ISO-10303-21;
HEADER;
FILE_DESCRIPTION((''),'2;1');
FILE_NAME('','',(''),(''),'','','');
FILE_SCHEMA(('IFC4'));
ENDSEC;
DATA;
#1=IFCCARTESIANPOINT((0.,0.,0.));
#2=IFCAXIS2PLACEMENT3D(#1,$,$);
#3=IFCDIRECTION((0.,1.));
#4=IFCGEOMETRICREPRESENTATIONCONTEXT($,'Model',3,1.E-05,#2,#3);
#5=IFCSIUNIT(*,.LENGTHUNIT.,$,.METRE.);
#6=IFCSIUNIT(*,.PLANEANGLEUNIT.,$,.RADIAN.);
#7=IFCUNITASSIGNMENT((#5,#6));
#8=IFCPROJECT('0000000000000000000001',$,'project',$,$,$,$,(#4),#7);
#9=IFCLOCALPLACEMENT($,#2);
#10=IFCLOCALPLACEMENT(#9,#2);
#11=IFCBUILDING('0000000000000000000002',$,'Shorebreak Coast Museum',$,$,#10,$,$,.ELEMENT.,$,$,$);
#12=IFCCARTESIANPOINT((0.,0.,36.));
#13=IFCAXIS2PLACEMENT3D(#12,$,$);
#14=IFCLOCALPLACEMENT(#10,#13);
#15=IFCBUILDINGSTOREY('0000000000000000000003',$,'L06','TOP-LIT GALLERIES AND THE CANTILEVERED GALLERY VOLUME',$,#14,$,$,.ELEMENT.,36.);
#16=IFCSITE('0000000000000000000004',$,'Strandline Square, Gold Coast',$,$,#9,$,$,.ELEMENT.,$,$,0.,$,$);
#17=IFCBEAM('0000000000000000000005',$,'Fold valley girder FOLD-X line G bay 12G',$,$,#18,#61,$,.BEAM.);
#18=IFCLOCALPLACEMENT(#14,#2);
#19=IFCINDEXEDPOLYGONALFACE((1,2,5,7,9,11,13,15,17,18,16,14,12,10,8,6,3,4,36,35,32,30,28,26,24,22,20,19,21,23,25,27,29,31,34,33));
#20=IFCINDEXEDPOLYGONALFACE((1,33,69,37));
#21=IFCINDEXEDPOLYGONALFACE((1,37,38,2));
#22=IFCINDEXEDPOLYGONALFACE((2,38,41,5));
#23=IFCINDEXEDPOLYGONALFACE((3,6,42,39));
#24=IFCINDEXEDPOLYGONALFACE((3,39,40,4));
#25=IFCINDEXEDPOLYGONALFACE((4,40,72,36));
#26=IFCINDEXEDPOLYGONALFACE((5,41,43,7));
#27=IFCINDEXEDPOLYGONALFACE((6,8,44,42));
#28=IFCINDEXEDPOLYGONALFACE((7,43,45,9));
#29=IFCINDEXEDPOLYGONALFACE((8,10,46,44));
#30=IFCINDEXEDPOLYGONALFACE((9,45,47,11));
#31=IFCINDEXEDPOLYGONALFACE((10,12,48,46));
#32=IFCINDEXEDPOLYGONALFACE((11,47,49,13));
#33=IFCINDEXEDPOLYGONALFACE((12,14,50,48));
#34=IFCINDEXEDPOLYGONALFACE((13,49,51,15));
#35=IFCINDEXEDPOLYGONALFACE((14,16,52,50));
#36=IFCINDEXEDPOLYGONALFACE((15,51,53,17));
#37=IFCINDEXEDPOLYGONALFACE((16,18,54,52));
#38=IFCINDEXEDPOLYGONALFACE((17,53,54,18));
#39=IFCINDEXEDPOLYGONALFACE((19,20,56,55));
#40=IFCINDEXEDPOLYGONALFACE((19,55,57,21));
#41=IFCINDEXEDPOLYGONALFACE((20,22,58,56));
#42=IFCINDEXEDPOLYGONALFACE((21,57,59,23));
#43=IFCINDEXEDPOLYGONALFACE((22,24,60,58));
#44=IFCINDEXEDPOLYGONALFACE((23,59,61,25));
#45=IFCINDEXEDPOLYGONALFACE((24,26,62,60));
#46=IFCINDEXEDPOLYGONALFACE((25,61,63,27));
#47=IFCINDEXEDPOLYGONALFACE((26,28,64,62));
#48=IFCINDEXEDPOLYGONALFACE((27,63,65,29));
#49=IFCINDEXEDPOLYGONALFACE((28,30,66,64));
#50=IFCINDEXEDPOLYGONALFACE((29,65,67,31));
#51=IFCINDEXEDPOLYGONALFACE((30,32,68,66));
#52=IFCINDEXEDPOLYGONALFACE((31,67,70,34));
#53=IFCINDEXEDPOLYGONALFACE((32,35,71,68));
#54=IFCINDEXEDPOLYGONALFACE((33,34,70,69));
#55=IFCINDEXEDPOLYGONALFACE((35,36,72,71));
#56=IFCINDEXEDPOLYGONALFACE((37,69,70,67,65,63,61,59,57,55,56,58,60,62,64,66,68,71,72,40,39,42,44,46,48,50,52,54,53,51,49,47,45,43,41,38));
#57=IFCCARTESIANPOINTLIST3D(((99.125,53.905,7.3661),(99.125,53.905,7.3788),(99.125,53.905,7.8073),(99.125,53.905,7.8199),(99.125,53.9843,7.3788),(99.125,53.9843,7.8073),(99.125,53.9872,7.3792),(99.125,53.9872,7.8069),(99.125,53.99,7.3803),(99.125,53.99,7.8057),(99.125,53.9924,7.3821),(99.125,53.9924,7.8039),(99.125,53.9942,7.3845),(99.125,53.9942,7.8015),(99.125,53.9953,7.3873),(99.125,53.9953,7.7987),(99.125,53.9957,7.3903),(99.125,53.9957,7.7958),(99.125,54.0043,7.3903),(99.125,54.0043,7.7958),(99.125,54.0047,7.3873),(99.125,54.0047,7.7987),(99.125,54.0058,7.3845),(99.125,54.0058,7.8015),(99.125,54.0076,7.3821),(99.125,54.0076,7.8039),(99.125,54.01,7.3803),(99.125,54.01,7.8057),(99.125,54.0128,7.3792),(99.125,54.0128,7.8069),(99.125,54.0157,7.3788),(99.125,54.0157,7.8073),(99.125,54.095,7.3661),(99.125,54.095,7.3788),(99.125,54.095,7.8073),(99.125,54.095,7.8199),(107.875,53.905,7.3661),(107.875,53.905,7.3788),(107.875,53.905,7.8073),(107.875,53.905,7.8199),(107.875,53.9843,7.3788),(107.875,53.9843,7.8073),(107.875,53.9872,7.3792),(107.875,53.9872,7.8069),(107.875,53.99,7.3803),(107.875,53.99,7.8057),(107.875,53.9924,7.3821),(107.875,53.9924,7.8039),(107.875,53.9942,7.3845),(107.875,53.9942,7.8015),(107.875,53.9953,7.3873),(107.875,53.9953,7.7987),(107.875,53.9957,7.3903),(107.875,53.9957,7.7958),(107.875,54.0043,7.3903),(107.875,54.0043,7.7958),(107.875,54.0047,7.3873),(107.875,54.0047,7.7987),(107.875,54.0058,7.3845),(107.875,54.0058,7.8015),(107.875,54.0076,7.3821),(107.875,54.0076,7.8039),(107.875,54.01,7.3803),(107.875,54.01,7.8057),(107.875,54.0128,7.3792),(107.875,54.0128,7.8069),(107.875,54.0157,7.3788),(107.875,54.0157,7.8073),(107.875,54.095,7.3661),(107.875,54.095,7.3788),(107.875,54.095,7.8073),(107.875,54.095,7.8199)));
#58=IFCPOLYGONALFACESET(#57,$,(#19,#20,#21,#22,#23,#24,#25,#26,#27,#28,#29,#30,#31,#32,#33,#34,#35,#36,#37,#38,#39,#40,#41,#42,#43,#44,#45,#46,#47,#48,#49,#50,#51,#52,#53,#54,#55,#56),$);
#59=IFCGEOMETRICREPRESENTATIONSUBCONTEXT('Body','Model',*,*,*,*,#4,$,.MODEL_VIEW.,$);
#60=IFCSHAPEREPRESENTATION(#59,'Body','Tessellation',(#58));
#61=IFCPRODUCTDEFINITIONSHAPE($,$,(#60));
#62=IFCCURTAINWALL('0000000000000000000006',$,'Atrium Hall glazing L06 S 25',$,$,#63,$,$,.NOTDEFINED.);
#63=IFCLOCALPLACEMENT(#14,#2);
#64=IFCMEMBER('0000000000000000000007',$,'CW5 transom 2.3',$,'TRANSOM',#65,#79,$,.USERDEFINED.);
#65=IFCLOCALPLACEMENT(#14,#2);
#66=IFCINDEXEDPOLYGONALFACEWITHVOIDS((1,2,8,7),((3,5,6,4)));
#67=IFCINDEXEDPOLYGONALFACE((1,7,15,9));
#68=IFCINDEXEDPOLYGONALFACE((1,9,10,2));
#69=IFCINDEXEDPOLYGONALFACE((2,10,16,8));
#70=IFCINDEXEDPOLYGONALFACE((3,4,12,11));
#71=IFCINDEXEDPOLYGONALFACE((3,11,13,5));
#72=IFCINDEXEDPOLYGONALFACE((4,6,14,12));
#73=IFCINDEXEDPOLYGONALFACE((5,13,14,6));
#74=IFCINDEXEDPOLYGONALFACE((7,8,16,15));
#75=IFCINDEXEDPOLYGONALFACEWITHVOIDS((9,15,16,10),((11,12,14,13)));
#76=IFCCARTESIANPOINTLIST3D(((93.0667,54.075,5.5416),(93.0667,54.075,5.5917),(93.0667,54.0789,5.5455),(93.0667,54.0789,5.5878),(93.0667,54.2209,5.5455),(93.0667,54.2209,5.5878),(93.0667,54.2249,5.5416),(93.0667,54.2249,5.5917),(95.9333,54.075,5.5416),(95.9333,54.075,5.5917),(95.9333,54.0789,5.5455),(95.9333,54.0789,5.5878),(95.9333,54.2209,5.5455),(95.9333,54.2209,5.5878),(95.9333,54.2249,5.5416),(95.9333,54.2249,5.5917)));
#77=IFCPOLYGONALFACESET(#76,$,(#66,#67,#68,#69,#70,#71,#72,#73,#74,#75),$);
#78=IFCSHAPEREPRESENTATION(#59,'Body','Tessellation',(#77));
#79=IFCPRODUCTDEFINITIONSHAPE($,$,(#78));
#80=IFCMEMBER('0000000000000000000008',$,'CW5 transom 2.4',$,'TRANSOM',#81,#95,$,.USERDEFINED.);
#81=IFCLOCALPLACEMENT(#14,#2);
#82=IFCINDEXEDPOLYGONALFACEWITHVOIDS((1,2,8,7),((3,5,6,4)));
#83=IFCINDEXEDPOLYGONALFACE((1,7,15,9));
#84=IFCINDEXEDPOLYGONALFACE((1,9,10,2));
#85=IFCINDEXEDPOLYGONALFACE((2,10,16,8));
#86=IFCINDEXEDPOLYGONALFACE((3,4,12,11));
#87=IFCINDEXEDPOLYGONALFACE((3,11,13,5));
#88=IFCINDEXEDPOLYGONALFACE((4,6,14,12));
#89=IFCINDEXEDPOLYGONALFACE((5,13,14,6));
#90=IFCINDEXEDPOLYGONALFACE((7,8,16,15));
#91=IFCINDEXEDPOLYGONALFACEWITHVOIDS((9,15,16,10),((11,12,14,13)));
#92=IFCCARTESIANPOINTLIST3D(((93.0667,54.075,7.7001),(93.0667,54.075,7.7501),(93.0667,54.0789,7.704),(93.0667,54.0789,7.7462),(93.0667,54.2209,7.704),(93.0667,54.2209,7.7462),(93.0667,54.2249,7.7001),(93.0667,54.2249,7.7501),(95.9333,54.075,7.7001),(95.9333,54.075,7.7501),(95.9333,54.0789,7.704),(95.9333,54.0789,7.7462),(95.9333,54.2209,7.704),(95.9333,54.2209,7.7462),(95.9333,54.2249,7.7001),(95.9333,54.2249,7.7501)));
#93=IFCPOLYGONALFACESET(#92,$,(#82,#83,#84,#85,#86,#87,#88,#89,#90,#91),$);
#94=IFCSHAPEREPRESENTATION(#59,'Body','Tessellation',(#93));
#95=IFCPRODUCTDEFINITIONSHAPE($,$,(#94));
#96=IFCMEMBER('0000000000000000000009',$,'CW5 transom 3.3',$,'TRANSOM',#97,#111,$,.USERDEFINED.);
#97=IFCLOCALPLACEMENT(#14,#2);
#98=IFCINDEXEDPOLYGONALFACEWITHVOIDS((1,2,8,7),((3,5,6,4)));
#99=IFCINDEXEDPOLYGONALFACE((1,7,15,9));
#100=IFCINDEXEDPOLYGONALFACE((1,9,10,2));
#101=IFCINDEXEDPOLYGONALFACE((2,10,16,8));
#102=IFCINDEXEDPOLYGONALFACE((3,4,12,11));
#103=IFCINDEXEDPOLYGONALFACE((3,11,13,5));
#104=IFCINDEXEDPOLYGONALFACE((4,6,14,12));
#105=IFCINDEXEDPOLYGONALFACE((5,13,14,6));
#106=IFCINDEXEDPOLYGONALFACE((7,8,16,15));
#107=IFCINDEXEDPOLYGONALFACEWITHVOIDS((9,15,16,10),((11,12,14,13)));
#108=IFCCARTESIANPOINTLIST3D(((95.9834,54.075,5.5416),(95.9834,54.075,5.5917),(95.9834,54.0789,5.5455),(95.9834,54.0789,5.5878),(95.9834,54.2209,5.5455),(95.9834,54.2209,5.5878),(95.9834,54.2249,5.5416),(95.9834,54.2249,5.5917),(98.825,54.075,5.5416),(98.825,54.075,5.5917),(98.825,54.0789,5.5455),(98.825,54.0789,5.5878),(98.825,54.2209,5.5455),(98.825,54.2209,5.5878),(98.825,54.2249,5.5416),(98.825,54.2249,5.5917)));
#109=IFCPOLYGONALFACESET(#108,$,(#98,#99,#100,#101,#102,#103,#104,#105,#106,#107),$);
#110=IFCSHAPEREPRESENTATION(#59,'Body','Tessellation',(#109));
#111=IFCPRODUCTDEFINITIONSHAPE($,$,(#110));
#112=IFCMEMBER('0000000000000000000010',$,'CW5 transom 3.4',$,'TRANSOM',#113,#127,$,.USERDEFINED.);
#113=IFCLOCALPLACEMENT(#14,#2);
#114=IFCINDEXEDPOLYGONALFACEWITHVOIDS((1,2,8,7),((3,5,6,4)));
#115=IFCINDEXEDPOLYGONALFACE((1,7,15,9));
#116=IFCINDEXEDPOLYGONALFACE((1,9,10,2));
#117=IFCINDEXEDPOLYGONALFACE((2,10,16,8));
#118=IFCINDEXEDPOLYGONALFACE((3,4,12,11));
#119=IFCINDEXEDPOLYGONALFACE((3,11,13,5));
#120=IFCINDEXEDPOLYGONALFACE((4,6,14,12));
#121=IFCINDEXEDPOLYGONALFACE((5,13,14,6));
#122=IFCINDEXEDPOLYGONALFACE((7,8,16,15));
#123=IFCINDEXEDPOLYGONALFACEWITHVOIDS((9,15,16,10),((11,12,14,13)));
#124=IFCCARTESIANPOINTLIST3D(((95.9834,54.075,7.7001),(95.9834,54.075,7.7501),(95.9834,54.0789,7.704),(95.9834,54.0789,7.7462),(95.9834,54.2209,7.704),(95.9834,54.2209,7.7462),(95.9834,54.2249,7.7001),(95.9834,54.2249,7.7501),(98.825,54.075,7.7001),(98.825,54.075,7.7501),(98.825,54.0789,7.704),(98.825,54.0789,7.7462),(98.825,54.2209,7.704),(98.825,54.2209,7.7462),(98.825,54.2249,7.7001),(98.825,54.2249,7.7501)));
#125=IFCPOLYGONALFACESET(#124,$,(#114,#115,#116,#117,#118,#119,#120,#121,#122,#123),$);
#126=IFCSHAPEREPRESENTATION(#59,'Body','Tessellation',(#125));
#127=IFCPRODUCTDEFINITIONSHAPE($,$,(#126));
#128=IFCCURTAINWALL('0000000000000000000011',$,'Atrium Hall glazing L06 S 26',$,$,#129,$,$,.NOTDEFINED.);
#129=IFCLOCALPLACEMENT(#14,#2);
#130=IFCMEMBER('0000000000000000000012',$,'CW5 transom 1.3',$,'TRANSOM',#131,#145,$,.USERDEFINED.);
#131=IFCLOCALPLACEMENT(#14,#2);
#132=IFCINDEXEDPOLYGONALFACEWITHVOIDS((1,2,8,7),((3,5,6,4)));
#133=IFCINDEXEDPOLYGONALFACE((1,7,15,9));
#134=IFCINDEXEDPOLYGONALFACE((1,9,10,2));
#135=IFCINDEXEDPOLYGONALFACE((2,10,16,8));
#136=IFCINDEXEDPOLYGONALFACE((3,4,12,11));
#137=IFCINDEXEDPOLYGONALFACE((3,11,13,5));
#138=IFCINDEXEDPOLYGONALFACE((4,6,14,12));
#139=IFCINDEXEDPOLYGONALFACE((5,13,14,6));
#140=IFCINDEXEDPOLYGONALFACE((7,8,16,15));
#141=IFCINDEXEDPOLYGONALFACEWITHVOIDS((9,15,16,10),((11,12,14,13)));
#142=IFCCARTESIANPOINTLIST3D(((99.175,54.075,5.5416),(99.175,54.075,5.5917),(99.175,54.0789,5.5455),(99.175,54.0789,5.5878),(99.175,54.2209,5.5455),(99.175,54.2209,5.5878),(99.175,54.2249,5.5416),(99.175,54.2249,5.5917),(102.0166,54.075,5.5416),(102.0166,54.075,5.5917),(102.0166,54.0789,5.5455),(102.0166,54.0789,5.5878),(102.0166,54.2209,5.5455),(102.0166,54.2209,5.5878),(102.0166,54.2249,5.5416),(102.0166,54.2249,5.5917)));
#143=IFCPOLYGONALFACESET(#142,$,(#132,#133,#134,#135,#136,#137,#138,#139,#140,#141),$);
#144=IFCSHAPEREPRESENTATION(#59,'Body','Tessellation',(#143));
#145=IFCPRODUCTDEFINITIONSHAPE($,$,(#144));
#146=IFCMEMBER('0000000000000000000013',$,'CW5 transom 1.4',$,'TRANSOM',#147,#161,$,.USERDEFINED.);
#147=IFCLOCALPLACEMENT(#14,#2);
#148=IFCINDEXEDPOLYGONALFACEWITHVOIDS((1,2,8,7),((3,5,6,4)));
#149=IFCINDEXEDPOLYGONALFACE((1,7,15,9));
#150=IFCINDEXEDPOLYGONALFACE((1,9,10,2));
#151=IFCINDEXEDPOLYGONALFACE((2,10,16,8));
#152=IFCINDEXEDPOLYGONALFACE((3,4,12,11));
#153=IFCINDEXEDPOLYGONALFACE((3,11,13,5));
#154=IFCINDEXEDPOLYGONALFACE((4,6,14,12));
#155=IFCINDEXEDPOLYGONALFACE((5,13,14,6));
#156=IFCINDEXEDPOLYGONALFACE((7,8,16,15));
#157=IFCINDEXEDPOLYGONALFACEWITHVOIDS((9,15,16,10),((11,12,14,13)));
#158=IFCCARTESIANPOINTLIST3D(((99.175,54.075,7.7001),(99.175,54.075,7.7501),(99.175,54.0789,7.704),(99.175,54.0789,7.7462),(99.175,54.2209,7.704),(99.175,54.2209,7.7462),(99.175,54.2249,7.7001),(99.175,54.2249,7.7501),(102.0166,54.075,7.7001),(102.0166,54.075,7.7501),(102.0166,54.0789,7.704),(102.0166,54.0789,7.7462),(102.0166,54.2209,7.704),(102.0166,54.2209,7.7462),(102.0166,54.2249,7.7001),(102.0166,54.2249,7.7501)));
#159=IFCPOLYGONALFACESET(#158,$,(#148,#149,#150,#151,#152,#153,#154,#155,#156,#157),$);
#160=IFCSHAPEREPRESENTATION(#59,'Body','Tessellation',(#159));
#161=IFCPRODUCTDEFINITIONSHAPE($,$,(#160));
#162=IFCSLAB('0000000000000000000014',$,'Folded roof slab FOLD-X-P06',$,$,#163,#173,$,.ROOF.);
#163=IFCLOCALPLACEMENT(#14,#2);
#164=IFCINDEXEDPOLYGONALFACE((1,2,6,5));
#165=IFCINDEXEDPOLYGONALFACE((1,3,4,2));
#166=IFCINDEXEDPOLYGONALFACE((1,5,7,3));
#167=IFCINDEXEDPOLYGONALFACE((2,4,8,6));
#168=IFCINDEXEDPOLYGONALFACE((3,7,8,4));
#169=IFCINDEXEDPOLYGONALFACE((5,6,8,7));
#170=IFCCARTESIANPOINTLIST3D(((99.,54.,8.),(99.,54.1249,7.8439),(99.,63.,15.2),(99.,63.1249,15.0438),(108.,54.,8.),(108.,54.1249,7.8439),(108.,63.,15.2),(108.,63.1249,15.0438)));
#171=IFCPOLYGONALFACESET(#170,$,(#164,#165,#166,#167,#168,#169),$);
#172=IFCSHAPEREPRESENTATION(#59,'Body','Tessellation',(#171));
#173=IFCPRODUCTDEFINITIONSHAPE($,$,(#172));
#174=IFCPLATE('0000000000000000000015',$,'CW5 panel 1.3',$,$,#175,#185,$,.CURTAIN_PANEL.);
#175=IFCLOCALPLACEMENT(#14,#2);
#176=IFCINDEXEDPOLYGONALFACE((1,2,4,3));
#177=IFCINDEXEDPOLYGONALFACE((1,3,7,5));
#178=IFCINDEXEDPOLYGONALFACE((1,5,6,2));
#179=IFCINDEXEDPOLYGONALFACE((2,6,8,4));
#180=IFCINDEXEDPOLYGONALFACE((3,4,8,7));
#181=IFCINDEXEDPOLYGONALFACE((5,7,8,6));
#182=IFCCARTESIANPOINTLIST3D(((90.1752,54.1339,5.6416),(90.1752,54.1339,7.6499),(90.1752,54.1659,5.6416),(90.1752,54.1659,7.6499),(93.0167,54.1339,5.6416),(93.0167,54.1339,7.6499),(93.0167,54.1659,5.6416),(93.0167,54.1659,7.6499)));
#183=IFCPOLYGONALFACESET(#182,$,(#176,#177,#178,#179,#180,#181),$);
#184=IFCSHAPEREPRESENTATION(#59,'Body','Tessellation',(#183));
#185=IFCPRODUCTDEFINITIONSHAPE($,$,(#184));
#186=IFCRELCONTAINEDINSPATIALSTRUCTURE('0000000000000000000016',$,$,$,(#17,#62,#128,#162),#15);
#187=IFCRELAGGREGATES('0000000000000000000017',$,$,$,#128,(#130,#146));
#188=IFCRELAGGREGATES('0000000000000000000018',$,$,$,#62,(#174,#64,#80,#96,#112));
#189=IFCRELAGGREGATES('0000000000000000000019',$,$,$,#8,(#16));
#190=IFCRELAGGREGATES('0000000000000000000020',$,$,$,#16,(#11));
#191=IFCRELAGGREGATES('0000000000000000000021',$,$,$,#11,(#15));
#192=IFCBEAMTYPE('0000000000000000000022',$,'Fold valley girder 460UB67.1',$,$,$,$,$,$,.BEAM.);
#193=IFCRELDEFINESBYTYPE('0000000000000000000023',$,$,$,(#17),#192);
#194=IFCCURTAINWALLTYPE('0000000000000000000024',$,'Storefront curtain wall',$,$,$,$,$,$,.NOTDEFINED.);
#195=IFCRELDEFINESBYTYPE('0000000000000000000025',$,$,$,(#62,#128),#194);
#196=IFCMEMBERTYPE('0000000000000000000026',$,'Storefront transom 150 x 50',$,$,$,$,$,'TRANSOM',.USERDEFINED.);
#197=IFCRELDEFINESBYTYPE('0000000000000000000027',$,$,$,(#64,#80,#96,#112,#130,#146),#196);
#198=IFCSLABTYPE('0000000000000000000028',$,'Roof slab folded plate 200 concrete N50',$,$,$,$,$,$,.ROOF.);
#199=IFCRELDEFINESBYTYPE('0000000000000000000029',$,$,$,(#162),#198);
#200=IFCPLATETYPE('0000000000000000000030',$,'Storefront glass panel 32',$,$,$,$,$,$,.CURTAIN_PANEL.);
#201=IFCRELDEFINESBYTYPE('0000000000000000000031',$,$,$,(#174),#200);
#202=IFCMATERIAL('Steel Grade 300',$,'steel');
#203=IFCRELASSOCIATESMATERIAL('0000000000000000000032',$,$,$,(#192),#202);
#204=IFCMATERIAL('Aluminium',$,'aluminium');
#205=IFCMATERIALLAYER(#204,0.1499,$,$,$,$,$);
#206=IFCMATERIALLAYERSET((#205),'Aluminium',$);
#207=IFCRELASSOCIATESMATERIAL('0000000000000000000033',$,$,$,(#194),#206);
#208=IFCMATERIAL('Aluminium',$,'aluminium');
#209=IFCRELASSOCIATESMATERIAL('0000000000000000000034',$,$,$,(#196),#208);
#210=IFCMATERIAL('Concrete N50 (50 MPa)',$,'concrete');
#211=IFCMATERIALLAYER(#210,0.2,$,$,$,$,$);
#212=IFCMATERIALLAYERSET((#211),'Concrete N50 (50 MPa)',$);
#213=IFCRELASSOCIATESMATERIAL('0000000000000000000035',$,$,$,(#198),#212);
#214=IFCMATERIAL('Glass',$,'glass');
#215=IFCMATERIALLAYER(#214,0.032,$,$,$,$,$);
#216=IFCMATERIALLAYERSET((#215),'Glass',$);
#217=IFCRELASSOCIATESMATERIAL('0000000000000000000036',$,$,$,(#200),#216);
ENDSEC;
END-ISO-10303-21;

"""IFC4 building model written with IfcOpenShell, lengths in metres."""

from ifc_helpers import new_model, si_unit, direction, frame, origin, origin_2d, place, context, subcontext, project, spatial, polyline, rectangle, hollow_rectangle, i_section, outline, extrude, material, layer, layer_set, material_profile, profile_set, type_object, element, aggregate, save


model = new_model("IFC4")

# Units and contexts
model_context = context("Model", 3, precision=1e-05, world=origin(), true_north=direction((0.0, 1.0)))
body_context = subcontext(model_context, "Body", "Model", "MODEL_VIEW")
ifc_project = project(units=[si_unit("LENGTHUNIT", "METRE"), si_unit("PLANEANGLEUNIT", "RADIAN")], contexts=[model_context])

# Site, building, storey
site_placement = place(None, origin())
site = spatial("IfcSite", under=ifc_project, at=site_placement, Name="Strandline Square, Gold Coast", CompositionType="ELEMENT", RefElevation=0.0)
building_placement = place(site_placement, origin())
building = spatial("IfcBuilding", under=site, at=building_placement, Name="Shorebreak Coast Museum", CompositionType="ELEMENT")
storey_placement = place(building_placement, frame((0.0, 0.0, 36.0)))
storey = spatial("IfcBuildingStorey", under=building, at=storey_placement, Name="L06", Description="TOP-LIT GALLERIES AND THE CANTILEVERED GALLERY VOLUME", CompositionType="ELEMENT", Elevation=36.0)

# Beam
ifc_material_1 = material(Name="Steel Grade 300", Category="steel")
ifc_material_profile_1 = material_profile(ifc_material_1, i_section(OverallWidth=0.1899, OverallDepth=0.4539, WebThickness=0.0085, FlangeThickness=0.0127, FilletRadius=0.0115, at=origin_2d()), Name="460UB67.1")
ifc_profile_set_1 = profile_set([ifc_material_profile_1], Name="Steel Grade 300")
beam_type_1 = type_object("IfcBeamType", Name="Fold valley girder 460UB67.1", PredefinedType="BEAM", material=ifc_profile_set_1)
beam_1_placement = place(storey_placement, frame((99.125, 54.0, 7.593), z_axis=(1.0, 0.0, 0.0), x_axis=(0.0, 1.0, 0.0)))
element("IfcBeam", 1, at=beam_1_placement, inside=storey, type_object=beam_type_1, Name="Fold valley girder FOLD-X line G bay 12G", PredefinedType="BEAM", context=body_context, shape_type="SweptSolid", body=[
    extrude(i_section(OverallWidth=0.1899, OverallDepth=0.4539, WebThickness=0.0085, FlangeThickness=0.0127, FilletRadius=0.0115, at=origin_2d()), origin(), (0.0, 0.0, 1.0), 8.75),
])

# Curtain walls, members
ifc_material_2 = material(Name="Aluminium", Category="aluminium")
ifc_layer_1 = layer(ifc_material_2, 0.1499)
ifc_layer_set_1 = layer_set([ifc_layer_1], Name="Aluminium")
curtain_wall_type = type_object("IfcCurtainWallType", Name="Storefront curtain wall", PredefinedType="NOTDEFINED", material=ifc_layer_set_1)
curtain_wall_1_placement = place(storey_placement, origin())
curtain_wall_1 = element("IfcCurtainWall", 2, at=curtain_wall_1_placement, inside=storey, type_object=curtain_wall_type, Name="Atrium Hall glazing L06 S 25", PredefinedType="NOTDEFINED")
ifc_material_3 = material(Name="Aluminium", Category="aluminium")
ifc_material_profile_2 = material_profile(ifc_material_3, hollow_rectangle(XDim=0.1499, YDim=0.05, WallThickness=0.0039, at=origin_2d()), Name="AL 50x150 RHS")
ifc_profile_set_2 = profile_set([ifc_material_profile_2], Name="Aluminium")
member_type_1 = type_object("IfcMemberType", Name="Storefront transom 150 x 50", ElementType="TRANSOM", PredefinedType="USERDEFINED", material=ifc_profile_set_2)
member_1_placement = place(storey_placement, frame((93.0667, 54.1499, 5.5667), z_axis=(1.0, 0.0, 0.0), x_axis=(0.0, 1.0, 0.0)))
member_1 = element("IfcMember", 3, at=member_1_placement, type_object=member_type_1, Name="CW5 transom 2.3", ObjectType="TRANSOM", PredefinedType="USERDEFINED", context=body_context, shape_type="SweptSolid", body=[
    extrude(hollow_rectangle(XDim=0.1499, YDim=0.05, WallThickness=0.0039, at=origin_2d()), origin(), (0.0, 0.0, 1.0), 2.8667),
])
member_2_placement = place(storey_placement, frame((93.0667, 54.1499, 7.7251), z_axis=(1.0, 0.0, 0.0), x_axis=(0.0, 1.0, 0.0)))
member_2 = element("IfcMember", 4, at=member_2_placement, type_object=member_type_1, Name="CW5 transom 2.4", ObjectType="TRANSOM", PredefinedType="USERDEFINED", context=body_context, shape_type="SweptSolid", body=[
    extrude(hollow_rectangle(XDim=0.1499, YDim=0.05, WallThickness=0.0039, at=origin_2d()), origin(), (0.0, 0.0, 1.0), 2.8667),
])
member_3_placement = place(storey_placement, frame((95.9834, 54.1499, 5.5667), z_axis=(1.0, 0.0, 0.0), x_axis=(0.0, 1.0, 0.0)))
member_3 = element("IfcMember", 5, at=member_3_placement, type_object=member_type_1, Name="CW5 transom 3.3", ObjectType="TRANSOM", PredefinedType="USERDEFINED", context=body_context, shape_type="SweptSolid", body=[
    extrude(hollow_rectangle(XDim=0.1499, YDim=0.05, WallThickness=0.0039, at=origin_2d()), origin(), (0.0, 0.0, 1.0), 2.8416),
])
member_4_placement = place(storey_placement, frame((95.9834, 54.1499, 7.7251), z_axis=(1.0, 0.0, 0.0), x_axis=(0.0, 1.0, 0.0)))
member_4 = element("IfcMember", 6, at=member_4_placement, type_object=member_type_1, Name="CW5 transom 3.4", ObjectType="TRANSOM", PredefinedType="USERDEFINED", context=body_context, shape_type="SweptSolid", body=[
    extrude(hollow_rectangle(XDim=0.1499, YDim=0.05, WallThickness=0.0039, at=origin_2d()), origin(), (0.0, 0.0, 1.0), 2.8416),
])
curtain_wall_2_placement = place(storey_placement, origin())
curtain_wall_2 = element("IfcCurtainWall", 7, at=curtain_wall_2_placement, inside=storey, type_object=curtain_wall_type, Name="Atrium Hall glazing L06 S 26", PredefinedType="NOTDEFINED")
member_5_placement = place(storey_placement, frame((99.175, 54.1499, 5.5667), z_axis=(1.0, 0.0, 0.0), x_axis=(0.0, 1.0, 0.0)))
member_5 = element("IfcMember", 8, at=member_5_placement, type_object=member_type_1, Name="CW5 transom 1.3", ObjectType="TRANSOM", PredefinedType="USERDEFINED", context=body_context, shape_type="SweptSolid", body=[
    extrude(hollow_rectangle(XDim=0.1499, YDim=0.05, WallThickness=0.0039, at=origin_2d()), origin(), (0.0, 0.0, 1.0), 2.8416),
])
member_6_placement = place(storey_placement, frame((99.175, 54.1499, 7.7251), z_axis=(1.0, 0.0, 0.0), x_axis=(0.0, 1.0, 0.0)))
member_6 = element("IfcMember", 9, at=member_6_placement, type_object=member_type_1, Name="CW5 transom 1.4", ObjectType="TRANSOM", PredefinedType="USERDEFINED", context=body_context, shape_type="SweptSolid", body=[
    extrude(hollow_rectangle(XDim=0.1499, YDim=0.05, WallThickness=0.0039, at=origin_2d()), origin(), (0.0, 0.0, 1.0), 2.8416),
])
aggregate(curtain_wall_2, [member_5, member_6])

# Slab
ifc_material_4 = material(Name="Concrete N50 (50 MPa)", Category="concrete")
ifc_layer_2 = layer(ifc_material_4, 0.2)
ifc_layer_set_2 = layer_set([ifc_layer_2], Name="Concrete N50 (50 MPa)")
slab_type = type_object("IfcSlabType", Name="Roof slab folded plate 200 concrete N50", PredefinedType="ROOF", material=ifc_layer_set_2)
slab_placement = place(storey_placement, frame((99.0, 54.0, 8.0), z_axis=(0.0, -0.624692, 0.780871), x_axis=(1.0, 0.0, 0.0)))
element("IfcSlab", 10, at=slab_placement, inside=storey, type_object=slab_type, Name="Folded roof slab FOLD-X-P06", PredefinedType="ROOF", context=body_context, shape_type="SweptSolid", body=[
    extrude(outline(polyline([(0.0, 0.0), (9.0, 0.0), (9.0, 11.5256), (0.0, 11.5256), (0.0, 0.0)])), origin(), (0.0, 0.0, -1.0), 0.2),
])

# Plate
ifc_material_5 = material(Name="Glass", Category="glass")
ifc_layer_3 = layer(ifc_material_5, 0.032)
ifc_layer_set_3 = layer_set([ifc_layer_3], Name="Glass")
plate_type = type_object("IfcPlateType", Name="Storefront glass panel 32", PredefinedType="CURTAIN_PANEL", material=ifc_layer_set_3)
plate_1_placement = place(storey_placement, frame((91.5959, 54.1499, 5.6416), z_axis=(0.0, 0.0, 1.0), x_axis=(1.0, 0.0, 0.0)))
plate_1 = element("IfcPlate", 11, at=plate_1_placement, type_object=plate_type, Name="CW5 panel 1.3", PredefinedType="CURTAIN_PANEL", context=body_context, shape_type="SweptSolid", body=[
    extrude(rectangle(XDim=2.8416, YDim=0.032, at=origin_2d()), origin(), (0.0, 0.0, 1.0), 2.0083),
])
aggregate(curtain_wall_1, [plate_1, member_1, member_2, member_3, member_4])

save(model, "model.ifc")
